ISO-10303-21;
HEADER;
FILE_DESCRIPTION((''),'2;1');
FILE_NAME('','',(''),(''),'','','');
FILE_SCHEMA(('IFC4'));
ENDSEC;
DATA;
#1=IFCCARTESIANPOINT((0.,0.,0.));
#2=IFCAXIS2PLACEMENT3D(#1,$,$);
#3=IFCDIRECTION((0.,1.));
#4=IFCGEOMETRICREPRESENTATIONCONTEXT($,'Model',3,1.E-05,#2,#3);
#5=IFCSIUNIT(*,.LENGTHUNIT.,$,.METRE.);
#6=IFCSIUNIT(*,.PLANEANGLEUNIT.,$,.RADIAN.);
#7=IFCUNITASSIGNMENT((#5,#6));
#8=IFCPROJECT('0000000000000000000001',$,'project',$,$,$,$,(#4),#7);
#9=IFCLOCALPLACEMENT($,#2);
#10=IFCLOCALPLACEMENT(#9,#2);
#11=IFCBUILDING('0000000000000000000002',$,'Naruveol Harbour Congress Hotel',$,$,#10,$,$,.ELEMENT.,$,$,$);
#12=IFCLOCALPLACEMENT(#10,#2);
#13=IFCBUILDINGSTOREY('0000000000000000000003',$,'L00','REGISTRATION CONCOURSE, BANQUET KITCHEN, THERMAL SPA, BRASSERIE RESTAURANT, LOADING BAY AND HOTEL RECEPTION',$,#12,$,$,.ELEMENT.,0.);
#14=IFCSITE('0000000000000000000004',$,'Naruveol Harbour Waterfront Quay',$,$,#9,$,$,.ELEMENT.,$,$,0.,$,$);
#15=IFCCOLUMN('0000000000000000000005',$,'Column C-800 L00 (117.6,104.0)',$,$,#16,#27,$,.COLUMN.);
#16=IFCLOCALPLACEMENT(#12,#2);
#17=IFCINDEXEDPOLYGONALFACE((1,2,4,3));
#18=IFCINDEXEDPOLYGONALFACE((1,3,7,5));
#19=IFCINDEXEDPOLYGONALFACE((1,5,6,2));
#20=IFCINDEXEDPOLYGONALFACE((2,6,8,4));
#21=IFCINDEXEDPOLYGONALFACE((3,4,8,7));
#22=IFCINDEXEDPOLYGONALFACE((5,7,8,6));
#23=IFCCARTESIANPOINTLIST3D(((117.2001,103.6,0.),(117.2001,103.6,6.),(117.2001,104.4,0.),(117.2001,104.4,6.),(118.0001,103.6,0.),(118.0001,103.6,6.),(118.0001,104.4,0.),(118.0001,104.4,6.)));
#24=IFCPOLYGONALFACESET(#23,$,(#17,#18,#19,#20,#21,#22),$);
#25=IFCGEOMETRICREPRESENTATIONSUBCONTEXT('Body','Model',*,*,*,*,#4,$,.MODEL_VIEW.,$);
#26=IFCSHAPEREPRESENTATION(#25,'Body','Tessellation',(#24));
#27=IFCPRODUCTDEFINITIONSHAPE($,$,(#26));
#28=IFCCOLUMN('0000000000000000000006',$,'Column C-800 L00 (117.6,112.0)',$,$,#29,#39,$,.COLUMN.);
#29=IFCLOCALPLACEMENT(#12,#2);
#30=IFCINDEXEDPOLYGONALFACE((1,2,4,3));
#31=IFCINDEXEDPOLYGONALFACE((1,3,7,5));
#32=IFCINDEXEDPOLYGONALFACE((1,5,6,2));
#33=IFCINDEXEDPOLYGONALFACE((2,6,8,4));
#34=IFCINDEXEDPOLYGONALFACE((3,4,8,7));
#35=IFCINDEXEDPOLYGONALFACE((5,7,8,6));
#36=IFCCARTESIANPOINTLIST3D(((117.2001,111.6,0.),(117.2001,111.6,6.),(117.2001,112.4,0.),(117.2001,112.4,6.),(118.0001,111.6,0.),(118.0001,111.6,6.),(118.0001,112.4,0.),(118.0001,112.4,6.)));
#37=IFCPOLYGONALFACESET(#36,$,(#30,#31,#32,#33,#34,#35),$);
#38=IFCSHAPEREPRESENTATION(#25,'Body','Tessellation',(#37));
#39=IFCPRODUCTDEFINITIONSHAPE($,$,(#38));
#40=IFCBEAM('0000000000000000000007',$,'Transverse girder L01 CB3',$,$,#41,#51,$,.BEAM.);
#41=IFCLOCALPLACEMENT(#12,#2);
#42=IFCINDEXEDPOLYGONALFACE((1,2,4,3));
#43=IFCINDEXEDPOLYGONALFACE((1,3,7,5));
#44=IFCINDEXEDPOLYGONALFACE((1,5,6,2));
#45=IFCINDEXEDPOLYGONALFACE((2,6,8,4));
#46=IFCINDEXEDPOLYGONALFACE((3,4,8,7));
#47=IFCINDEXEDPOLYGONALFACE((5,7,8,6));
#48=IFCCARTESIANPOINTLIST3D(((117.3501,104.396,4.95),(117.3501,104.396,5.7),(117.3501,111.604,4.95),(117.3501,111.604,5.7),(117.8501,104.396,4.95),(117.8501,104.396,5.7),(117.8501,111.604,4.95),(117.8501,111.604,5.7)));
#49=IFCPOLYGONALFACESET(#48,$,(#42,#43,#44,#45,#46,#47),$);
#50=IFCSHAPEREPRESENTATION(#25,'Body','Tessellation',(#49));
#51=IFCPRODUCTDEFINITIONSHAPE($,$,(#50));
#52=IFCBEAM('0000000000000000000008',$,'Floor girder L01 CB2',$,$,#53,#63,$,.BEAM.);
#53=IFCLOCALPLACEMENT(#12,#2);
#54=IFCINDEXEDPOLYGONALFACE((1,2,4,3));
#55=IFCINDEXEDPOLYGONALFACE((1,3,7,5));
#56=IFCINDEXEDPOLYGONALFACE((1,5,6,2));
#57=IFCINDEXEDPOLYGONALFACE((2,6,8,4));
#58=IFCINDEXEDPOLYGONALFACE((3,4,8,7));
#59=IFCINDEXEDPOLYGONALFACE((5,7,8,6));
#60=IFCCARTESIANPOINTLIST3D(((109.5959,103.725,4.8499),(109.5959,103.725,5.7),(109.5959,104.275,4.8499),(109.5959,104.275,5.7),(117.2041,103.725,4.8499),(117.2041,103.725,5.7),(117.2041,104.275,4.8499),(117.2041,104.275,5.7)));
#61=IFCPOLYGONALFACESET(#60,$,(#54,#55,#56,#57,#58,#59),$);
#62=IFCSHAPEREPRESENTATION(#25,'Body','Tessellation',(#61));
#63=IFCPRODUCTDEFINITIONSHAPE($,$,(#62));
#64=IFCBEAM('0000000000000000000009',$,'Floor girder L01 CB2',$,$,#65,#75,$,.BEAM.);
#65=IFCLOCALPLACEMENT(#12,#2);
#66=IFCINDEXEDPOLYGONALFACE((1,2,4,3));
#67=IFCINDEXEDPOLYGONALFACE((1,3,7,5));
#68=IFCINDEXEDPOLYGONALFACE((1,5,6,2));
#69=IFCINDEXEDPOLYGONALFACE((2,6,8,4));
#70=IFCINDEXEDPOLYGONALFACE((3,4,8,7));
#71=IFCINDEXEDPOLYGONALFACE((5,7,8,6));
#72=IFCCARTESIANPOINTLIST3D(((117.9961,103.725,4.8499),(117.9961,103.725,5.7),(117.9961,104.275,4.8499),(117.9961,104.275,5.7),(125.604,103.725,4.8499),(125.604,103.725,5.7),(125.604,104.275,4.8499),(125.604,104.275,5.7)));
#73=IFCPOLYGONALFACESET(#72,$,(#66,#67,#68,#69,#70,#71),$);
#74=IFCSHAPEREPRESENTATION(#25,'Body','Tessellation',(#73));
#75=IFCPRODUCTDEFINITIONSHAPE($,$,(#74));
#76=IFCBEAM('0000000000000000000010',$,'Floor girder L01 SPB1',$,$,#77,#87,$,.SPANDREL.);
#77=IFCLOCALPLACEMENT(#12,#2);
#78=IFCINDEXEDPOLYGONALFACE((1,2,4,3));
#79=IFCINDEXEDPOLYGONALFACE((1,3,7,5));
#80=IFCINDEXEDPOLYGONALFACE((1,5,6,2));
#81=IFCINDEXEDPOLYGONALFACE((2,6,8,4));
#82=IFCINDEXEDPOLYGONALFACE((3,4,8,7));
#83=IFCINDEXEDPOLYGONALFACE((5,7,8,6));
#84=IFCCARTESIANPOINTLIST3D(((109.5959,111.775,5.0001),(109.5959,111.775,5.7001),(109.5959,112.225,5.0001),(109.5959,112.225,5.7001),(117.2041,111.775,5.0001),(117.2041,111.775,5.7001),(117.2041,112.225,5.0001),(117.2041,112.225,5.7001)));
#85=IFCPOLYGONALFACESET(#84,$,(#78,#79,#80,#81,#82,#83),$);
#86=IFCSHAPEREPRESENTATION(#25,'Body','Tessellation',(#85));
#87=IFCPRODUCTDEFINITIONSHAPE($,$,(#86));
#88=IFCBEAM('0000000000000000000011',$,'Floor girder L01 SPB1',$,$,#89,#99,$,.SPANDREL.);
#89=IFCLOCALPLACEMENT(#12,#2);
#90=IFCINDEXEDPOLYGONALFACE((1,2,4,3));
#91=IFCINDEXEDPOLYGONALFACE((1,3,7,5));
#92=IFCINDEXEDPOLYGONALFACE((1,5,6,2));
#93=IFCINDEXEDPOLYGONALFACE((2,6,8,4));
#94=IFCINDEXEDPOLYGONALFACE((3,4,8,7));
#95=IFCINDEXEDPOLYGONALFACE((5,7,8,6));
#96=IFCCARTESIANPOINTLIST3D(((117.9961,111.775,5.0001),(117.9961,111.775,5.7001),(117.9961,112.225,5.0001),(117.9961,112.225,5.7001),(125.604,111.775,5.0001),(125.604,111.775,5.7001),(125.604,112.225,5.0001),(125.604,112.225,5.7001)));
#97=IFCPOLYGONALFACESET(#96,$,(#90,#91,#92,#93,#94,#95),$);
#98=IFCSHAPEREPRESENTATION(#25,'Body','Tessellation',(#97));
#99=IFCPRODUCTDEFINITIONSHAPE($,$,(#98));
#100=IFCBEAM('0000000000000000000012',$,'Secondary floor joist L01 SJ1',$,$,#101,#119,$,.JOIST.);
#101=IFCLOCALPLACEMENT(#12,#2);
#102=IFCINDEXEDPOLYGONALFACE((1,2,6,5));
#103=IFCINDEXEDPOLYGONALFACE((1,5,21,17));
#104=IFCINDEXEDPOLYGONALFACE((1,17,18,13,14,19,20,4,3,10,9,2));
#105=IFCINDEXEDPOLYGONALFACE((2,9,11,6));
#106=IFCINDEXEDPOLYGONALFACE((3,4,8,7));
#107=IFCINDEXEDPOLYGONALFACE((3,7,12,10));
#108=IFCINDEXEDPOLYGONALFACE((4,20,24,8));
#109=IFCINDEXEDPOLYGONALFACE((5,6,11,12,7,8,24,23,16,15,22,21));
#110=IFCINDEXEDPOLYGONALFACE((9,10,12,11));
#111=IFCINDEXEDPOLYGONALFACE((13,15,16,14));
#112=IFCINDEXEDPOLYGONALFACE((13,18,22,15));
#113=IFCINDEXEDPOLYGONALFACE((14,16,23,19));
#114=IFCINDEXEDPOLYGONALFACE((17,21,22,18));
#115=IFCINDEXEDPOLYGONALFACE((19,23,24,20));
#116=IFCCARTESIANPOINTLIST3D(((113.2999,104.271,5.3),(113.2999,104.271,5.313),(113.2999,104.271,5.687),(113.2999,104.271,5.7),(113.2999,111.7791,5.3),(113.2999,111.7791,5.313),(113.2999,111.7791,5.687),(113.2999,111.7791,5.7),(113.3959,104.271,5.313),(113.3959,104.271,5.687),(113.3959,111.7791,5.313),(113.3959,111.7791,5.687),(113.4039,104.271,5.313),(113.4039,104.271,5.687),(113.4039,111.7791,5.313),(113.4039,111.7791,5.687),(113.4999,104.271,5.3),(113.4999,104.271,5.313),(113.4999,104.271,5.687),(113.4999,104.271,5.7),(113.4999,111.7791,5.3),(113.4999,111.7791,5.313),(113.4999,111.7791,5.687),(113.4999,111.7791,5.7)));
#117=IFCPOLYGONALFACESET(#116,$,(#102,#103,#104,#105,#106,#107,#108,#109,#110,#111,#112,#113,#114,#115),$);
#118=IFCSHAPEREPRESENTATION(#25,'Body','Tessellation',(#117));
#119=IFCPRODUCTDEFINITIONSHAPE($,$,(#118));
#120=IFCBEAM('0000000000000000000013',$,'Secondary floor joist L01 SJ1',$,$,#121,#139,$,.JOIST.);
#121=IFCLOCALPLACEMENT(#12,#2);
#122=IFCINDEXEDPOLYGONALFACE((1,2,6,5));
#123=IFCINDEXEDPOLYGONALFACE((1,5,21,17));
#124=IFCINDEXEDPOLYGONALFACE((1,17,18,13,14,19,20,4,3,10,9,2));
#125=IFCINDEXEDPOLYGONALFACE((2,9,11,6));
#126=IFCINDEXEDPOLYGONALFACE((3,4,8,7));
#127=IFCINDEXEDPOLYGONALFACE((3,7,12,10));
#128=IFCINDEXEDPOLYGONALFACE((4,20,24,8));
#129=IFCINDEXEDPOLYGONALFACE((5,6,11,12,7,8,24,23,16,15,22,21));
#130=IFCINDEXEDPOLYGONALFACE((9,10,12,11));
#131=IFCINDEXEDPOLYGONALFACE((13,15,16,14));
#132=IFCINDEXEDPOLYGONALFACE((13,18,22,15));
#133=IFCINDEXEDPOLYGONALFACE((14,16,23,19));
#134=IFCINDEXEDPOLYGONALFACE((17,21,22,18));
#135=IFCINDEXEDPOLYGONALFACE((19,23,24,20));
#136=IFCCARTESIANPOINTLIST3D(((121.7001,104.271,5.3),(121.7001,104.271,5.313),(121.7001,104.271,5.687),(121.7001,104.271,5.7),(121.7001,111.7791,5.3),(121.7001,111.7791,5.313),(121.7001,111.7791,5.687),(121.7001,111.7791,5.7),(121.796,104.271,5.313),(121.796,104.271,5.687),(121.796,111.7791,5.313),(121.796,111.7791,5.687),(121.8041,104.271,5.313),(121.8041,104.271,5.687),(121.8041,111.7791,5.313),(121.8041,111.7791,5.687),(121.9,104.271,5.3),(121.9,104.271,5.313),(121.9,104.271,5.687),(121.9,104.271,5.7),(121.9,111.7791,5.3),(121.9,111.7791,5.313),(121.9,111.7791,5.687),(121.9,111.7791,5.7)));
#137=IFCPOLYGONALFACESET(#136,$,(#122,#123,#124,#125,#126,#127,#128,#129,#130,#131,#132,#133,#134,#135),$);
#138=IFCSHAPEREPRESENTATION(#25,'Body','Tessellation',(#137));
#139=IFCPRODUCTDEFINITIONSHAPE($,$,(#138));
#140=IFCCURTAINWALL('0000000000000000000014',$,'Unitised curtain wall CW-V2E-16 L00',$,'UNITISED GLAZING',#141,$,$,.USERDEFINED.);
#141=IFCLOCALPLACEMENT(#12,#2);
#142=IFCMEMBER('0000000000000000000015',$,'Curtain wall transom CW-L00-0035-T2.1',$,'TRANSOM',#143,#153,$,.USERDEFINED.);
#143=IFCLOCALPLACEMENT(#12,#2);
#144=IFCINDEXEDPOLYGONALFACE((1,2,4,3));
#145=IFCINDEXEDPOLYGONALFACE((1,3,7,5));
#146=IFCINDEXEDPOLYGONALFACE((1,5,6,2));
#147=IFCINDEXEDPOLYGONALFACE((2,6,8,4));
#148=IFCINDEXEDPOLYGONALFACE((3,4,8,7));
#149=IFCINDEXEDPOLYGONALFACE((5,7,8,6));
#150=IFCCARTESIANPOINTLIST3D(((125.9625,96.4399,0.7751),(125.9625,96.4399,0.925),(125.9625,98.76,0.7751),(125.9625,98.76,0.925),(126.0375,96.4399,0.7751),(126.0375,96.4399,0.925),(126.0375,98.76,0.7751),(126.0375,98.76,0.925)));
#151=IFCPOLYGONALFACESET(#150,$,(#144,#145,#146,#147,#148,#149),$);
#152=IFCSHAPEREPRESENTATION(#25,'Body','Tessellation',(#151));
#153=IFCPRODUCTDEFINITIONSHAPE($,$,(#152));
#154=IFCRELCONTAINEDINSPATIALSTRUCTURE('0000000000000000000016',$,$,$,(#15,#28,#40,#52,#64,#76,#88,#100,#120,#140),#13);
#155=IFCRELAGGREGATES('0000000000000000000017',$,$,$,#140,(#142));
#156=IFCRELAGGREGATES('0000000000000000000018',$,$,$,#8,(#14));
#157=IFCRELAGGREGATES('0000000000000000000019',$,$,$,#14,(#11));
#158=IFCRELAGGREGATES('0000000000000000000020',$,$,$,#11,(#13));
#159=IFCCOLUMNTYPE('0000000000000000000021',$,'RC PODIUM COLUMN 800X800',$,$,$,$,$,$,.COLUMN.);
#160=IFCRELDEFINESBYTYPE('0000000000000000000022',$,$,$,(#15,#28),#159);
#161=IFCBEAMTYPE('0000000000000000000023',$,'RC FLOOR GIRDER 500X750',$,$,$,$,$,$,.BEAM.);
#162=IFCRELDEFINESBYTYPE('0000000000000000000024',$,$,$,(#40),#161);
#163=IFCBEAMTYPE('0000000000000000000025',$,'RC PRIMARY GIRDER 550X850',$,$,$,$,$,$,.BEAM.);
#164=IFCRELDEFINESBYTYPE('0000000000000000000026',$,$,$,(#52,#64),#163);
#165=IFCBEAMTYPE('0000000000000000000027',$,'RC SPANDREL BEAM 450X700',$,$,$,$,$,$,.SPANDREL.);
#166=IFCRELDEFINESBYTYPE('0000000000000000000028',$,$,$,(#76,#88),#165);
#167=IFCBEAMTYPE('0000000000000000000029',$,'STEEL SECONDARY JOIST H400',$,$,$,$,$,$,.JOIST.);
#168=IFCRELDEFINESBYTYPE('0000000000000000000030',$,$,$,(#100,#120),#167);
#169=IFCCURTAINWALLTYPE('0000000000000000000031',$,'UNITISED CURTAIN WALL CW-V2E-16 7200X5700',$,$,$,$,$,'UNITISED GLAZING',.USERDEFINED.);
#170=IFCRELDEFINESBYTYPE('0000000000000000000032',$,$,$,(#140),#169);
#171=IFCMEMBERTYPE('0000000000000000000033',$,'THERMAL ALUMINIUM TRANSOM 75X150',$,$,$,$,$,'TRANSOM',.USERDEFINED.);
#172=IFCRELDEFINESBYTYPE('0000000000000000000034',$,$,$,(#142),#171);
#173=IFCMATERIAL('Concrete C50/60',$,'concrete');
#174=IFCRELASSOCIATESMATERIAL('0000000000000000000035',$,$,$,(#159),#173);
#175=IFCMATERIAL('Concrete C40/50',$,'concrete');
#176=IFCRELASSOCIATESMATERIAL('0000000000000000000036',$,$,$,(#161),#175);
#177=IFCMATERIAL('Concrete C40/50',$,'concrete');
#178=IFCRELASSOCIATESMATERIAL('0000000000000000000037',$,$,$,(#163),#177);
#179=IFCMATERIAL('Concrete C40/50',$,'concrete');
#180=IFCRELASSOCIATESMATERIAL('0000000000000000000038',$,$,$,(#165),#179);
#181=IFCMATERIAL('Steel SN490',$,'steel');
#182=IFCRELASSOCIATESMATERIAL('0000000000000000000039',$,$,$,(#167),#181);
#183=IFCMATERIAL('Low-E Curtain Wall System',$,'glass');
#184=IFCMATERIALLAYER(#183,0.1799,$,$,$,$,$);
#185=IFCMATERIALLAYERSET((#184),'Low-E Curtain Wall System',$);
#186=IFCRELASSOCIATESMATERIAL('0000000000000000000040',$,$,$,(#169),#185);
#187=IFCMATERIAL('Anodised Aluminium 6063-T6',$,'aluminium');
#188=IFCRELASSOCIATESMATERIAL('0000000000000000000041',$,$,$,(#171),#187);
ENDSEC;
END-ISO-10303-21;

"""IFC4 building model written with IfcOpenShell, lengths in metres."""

from ifc_helpers import new_model, si_unit, direction, frame, origin, origin_2d, place, context, subcontext, project, spatial, rectangle, i_section, extrude, material, layer, layer_set, material_profile, profile_set, type_object, element, aggregate, save


model = new_model("IFC4")

# Units and contexts
model_context = context("Model", 3, precision=1e-05, world=origin(), true_north=direction((0.0, 1.0)))
body_context = subcontext(model_context, "Body", "Model", "MODEL_VIEW")
ifc_project = project(units=[si_unit("LENGTHUNIT", "METRE"), si_unit("PLANEANGLEUNIT", "RADIAN")], contexts=[model_context])

# Site, building, storey
site_placement = place(None, origin())
site = spatial("IfcSite", under=ifc_project, at=site_placement, Name="Naruveol Harbour Waterfront Quay", CompositionType="ELEMENT", RefElevation=0.0)
building_placement = place(site_placement, origin())
building = spatial("IfcBuilding", under=site, at=building_placement, Name="Naruveol Harbour Congress Hotel", CompositionType="ELEMENT")
storey_placement = place(building_placement, origin())
storey = spatial("IfcBuildingStorey", under=building, at=storey_placement, Name="L00", Description="REGISTRATION CONCOURSE, BANQUET KITCHEN, THERMAL SPA, BRASSERIE RESTAURANT, LOADING BAY AND HOTEL RECEPTION", CompositionType="ELEMENT", Elevation=0.0)

# Columns
ifc_material_1 = material(Name="Concrete C50/60", Category="concrete")
ifc_material_profile_1 = material_profile(ifc_material_1, rectangle(XDim=0.8, YDim=0.8, at=origin_2d()), Name="RC-800x800")
ifc_profile_set_1 = profile_set([ifc_material_profile_1], Name="Concrete C50/60")
column_type = type_object("IfcColumnType", Name="RC PODIUM COLUMN 800X800", PredefinedType="COLUMN", material=ifc_profile_set_1)
for number, where, z_axis, x_axis, name in (
    (1, (117.6001, 104.0, 0.0), (0.0, 0.0, 1.0), (1.0, 0.0, 0.0), "Column C-800 L00 (117.6,104.0)"),
    (2, (117.6001, 112.0, 0.0), (0.0, 0.0, 1.0), (1.0, 0.0, 0.0), "Column C-800 L00 (117.6,112.0)"),
):
    element("IfcColumn", number, at=place(storey_placement, frame(where, z_axis=z_axis, x_axis=x_axis)), inside=storey, type_object=column_type, Name=name, PredefinedType="COLUMN", context=body_context, shape_type="SweptSolid", body=[
        extrude(rectangle(XDim=0.8, YDim=0.8, at=origin_2d()), origin(), (0.0, 0.0, 1.0), 6.0),
    ])

# Beams
ifc_material_2 = material(Name="Concrete C40/50", Category="concrete")
ifc_material_profile_2 = material_profile(ifc_material_2, rectangle(XDim=0.5, YDim=0.75, at=origin_2d()), Name="RCB-500x750")
ifc_profile_set_2 = profile_set([ifc_material_profile_2], Name="Concrete C40/50")
beam_type_1 = type_object("IfcBeamType", Name="RC FLOOR GIRDER 500X750", PredefinedType="BEAM", material=ifc_profile_set_2)
beam_1_placement = place(storey_placement, frame((117.6001, 104.396, 5.325), z_axis=(0.0, 1.0, 0.0), x_axis=(-1.0, 0.0, 0.0)))
element("IfcBeam", 3, at=beam_1_placement, inside=storey, type_object=beam_type_1, Name="Transverse girder L01 CB3", PredefinedType="BEAM", context=body_context, shape_type="SweptSolid", body=[
    extrude(rectangle(XDim=0.5, YDim=0.75, at=origin_2d()), origin(), (0.0, 0.0, 1.0), 7.208),
])
ifc_material_3 = material(Name="Concrete C40/50", Category="concrete")
ifc_material_profile_3 = material_profile(ifc_material_3, rectangle(XDim=0.55, YDim=0.8501, at=origin_2d()), Name="RCB-550x850")
ifc_profile_set_3 = profile_set([ifc_material_profile_3], Name="Concrete C40/50")
beam_type_2 = type_object("IfcBeamType", Name="RC PRIMARY GIRDER 550X850", PredefinedType="BEAM", material=ifc_profile_set_3)
beam_2_placement = place(storey_placement, frame((109.5959, 104.0, 5.2749), z_axis=(1.0, 0.0, 0.0), x_axis=(0.0, 1.0, 0.0)))
element("IfcBeam", 4, at=beam_2_placement, inside=storey, type_object=beam_type_2, Name="Floor girder L01 CB2", PredefinedType="BEAM", context=body_context, shape_type="SweptSolid", body=[
    extrude(rectangle(XDim=0.55, YDim=0.8501, at=origin_2d()), origin(), (0.0, 0.0, 1.0), 7.6082),
])
beam_3_placement = place(storey_placement, frame((117.9961, 104.0, 5.2749), z_axis=(1.0, 0.0, 0.0), x_axis=(0.0, 1.0, 0.0)))
element("IfcBeam", 5, at=beam_3_placement, inside=storey, type_object=beam_type_2, Name="Floor girder L01 CB2", PredefinedType="BEAM", context=body_context, shape_type="SweptSolid", body=[
    extrude(rectangle(XDim=0.55, YDim=0.8501, at=origin_2d()), origin(), (0.0, 0.0, 1.0), 7.6079),
])
ifc_material_4 = material(Name="Concrete C40/50", Category="concrete")
ifc_material_profile_4 = material_profile(ifc_material_4, rectangle(XDim=0.45, YDim=0.7, at=origin_2d()), Name="RCB-450x700")
ifc_profile_set_4 = profile_set([ifc_material_profile_4], Name="Concrete C40/50")
beam_type_3 = type_object("IfcBeamType", Name="RC SPANDREL BEAM 450X700", PredefinedType="SPANDREL", material=ifc_profile_set_4)
beam_4_placement = place(storey_placement, frame((109.5959, 112.0, 5.3501), z_axis=(1.0, 0.0, 0.0), x_axis=(0.0, 1.0, 0.0)))
element("IfcBeam", 6, at=beam_4_placement, inside=storey, type_object=beam_type_3, Name="Floor girder L01 SPB1", PredefinedType="SPANDREL", context=body_context, shape_type="SweptSolid", body=[
    extrude(rectangle(XDim=0.45, YDim=0.7, at=origin_2d()), origin(), (0.0, 0.0, 1.0), 7.6082),
])
beam_5_placement = place(storey_placement, frame((117.9961, 112.0, 5.3501), z_axis=(1.0, 0.0, 0.0), x_axis=(0.0, 1.0, 0.0)))
element("IfcBeam", 7, at=beam_5_placement, inside=storey, type_object=beam_type_3, Name="Floor girder L01 SPB1", PredefinedType="SPANDREL", context=body_context, shape_type="SweptSolid", body=[
    extrude(rectangle(XDim=0.45, YDim=0.7, at=origin_2d()), origin(), (0.0, 0.0, 1.0), 7.6079),
])
ifc_material_5 = material(Name="Steel SN490", Category="steel")
ifc_material_profile_5 = material_profile(ifc_material_5, i_section(OverallWidth=0.2, OverallDepth=0.3999, WebThickness=0.0081, FlangeThickness=0.0129, at=origin_2d()), Name="H-400x200x8x13")
ifc_profile_set_5 = profile_set([ifc_material_profile_5], Name="Steel SN490")
beam_type_4 = type_object("IfcBeamType", Name="STEEL SECONDARY JOIST H400", PredefinedType="JOIST", material=ifc_profile_set_5)
for number, where, z_axis, x_axis, name in (
    (8, (113.3999, 104.271, 5.5), (0.0, 1.0, 0.0), (-1.0, 0.0, 0.0), "Secondary floor joist L01 SJ1"),
    (9, (121.8, 104.271, 5.5), (0.0, 1.0, 0.0), (-1.0, 0.0, 0.0), "Secondary floor joist L01 SJ1"),
):
    element("IfcBeam", number, at=place(storey_placement, frame(where, z_axis=z_axis, x_axis=x_axis)), inside=storey, type_object=beam_type_4, Name=name, PredefinedType="JOIST", context=body_context, shape_type="SweptSolid", body=[
        extrude(i_section(OverallWidth=0.2, OverallDepth=0.3999, WebThickness=0.0081, FlangeThickness=0.0129, at=origin_2d()), origin(), (0.0, 0.0, 1.0), 7.5081),
    ])

# Curtain wall, member
ifc_material_6 = material(Name="Low-E Curtain Wall System", Category="glass")
ifc_layer_1 = layer(ifc_material_6, 0.1799)
ifc_layer_set_1 = layer_set([ifc_layer_1], Name="Low-E Curtain Wall System")
curtain_wall_type = type_object("IfcCurtainWallType", Name="UNITISED CURTAIN WALL CW-V2E-16 7200X5700", ElementType="UNITISED GLAZING", PredefinedType="USERDEFINED", material=ifc_layer_set_1)
curtain_wall_placement = place(storey_placement, origin())
curtain_wall = element("IfcCurtainWall", 10, at=curtain_wall_placement, inside=storey, type_object=curtain_wall_type, Name="Unitised curtain wall CW-V2E-16 L00", ObjectType="UNITISED GLAZING", PredefinedType="USERDEFINED")
ifc_material_7 = material(Name="Anodised Aluminium 6063-T6", Category="aluminium")
ifc_material_profile_6 = material_profile(ifc_material_7, rectangle(XDim=0.075, YDim=0.1499, at=origin_2d()), Name="ALU-75x150")
ifc_profile_set_6 = profile_set([ifc_material_profile_6], Name="Anodised Aluminium 6063-T6")
member_type = type_object("IfcMemberType", Name="THERMAL ALUMINIUM TRANSOM 75X150", ElementType="TRANSOM", PredefinedType="USERDEFINED", material=ifc_profile_set_6)
member_placement = place(storey_placement, frame((126.0, 98.76, 0.8501), z_axis=(0.0, -1.0, 0.0), x_axis=(1.0, 0.0, 0.0)))
member = element("IfcMember", 11, at=member_placement, type_object=member_type, Name="Curtain wall transom CW-L00-0035-T2.1", ObjectType="TRANSOM", PredefinedType="USERDEFINED", context=body_context, shape_type="SweptSolid", body=[
    extrude(rectangle(XDim=0.075, YDim=0.1499, at=origin_2d()), origin(), (0.0, 0.0, 1.0), 2.3201),
])
aggregate(curtain_wall, [member])

save(model, "model.ifc")
